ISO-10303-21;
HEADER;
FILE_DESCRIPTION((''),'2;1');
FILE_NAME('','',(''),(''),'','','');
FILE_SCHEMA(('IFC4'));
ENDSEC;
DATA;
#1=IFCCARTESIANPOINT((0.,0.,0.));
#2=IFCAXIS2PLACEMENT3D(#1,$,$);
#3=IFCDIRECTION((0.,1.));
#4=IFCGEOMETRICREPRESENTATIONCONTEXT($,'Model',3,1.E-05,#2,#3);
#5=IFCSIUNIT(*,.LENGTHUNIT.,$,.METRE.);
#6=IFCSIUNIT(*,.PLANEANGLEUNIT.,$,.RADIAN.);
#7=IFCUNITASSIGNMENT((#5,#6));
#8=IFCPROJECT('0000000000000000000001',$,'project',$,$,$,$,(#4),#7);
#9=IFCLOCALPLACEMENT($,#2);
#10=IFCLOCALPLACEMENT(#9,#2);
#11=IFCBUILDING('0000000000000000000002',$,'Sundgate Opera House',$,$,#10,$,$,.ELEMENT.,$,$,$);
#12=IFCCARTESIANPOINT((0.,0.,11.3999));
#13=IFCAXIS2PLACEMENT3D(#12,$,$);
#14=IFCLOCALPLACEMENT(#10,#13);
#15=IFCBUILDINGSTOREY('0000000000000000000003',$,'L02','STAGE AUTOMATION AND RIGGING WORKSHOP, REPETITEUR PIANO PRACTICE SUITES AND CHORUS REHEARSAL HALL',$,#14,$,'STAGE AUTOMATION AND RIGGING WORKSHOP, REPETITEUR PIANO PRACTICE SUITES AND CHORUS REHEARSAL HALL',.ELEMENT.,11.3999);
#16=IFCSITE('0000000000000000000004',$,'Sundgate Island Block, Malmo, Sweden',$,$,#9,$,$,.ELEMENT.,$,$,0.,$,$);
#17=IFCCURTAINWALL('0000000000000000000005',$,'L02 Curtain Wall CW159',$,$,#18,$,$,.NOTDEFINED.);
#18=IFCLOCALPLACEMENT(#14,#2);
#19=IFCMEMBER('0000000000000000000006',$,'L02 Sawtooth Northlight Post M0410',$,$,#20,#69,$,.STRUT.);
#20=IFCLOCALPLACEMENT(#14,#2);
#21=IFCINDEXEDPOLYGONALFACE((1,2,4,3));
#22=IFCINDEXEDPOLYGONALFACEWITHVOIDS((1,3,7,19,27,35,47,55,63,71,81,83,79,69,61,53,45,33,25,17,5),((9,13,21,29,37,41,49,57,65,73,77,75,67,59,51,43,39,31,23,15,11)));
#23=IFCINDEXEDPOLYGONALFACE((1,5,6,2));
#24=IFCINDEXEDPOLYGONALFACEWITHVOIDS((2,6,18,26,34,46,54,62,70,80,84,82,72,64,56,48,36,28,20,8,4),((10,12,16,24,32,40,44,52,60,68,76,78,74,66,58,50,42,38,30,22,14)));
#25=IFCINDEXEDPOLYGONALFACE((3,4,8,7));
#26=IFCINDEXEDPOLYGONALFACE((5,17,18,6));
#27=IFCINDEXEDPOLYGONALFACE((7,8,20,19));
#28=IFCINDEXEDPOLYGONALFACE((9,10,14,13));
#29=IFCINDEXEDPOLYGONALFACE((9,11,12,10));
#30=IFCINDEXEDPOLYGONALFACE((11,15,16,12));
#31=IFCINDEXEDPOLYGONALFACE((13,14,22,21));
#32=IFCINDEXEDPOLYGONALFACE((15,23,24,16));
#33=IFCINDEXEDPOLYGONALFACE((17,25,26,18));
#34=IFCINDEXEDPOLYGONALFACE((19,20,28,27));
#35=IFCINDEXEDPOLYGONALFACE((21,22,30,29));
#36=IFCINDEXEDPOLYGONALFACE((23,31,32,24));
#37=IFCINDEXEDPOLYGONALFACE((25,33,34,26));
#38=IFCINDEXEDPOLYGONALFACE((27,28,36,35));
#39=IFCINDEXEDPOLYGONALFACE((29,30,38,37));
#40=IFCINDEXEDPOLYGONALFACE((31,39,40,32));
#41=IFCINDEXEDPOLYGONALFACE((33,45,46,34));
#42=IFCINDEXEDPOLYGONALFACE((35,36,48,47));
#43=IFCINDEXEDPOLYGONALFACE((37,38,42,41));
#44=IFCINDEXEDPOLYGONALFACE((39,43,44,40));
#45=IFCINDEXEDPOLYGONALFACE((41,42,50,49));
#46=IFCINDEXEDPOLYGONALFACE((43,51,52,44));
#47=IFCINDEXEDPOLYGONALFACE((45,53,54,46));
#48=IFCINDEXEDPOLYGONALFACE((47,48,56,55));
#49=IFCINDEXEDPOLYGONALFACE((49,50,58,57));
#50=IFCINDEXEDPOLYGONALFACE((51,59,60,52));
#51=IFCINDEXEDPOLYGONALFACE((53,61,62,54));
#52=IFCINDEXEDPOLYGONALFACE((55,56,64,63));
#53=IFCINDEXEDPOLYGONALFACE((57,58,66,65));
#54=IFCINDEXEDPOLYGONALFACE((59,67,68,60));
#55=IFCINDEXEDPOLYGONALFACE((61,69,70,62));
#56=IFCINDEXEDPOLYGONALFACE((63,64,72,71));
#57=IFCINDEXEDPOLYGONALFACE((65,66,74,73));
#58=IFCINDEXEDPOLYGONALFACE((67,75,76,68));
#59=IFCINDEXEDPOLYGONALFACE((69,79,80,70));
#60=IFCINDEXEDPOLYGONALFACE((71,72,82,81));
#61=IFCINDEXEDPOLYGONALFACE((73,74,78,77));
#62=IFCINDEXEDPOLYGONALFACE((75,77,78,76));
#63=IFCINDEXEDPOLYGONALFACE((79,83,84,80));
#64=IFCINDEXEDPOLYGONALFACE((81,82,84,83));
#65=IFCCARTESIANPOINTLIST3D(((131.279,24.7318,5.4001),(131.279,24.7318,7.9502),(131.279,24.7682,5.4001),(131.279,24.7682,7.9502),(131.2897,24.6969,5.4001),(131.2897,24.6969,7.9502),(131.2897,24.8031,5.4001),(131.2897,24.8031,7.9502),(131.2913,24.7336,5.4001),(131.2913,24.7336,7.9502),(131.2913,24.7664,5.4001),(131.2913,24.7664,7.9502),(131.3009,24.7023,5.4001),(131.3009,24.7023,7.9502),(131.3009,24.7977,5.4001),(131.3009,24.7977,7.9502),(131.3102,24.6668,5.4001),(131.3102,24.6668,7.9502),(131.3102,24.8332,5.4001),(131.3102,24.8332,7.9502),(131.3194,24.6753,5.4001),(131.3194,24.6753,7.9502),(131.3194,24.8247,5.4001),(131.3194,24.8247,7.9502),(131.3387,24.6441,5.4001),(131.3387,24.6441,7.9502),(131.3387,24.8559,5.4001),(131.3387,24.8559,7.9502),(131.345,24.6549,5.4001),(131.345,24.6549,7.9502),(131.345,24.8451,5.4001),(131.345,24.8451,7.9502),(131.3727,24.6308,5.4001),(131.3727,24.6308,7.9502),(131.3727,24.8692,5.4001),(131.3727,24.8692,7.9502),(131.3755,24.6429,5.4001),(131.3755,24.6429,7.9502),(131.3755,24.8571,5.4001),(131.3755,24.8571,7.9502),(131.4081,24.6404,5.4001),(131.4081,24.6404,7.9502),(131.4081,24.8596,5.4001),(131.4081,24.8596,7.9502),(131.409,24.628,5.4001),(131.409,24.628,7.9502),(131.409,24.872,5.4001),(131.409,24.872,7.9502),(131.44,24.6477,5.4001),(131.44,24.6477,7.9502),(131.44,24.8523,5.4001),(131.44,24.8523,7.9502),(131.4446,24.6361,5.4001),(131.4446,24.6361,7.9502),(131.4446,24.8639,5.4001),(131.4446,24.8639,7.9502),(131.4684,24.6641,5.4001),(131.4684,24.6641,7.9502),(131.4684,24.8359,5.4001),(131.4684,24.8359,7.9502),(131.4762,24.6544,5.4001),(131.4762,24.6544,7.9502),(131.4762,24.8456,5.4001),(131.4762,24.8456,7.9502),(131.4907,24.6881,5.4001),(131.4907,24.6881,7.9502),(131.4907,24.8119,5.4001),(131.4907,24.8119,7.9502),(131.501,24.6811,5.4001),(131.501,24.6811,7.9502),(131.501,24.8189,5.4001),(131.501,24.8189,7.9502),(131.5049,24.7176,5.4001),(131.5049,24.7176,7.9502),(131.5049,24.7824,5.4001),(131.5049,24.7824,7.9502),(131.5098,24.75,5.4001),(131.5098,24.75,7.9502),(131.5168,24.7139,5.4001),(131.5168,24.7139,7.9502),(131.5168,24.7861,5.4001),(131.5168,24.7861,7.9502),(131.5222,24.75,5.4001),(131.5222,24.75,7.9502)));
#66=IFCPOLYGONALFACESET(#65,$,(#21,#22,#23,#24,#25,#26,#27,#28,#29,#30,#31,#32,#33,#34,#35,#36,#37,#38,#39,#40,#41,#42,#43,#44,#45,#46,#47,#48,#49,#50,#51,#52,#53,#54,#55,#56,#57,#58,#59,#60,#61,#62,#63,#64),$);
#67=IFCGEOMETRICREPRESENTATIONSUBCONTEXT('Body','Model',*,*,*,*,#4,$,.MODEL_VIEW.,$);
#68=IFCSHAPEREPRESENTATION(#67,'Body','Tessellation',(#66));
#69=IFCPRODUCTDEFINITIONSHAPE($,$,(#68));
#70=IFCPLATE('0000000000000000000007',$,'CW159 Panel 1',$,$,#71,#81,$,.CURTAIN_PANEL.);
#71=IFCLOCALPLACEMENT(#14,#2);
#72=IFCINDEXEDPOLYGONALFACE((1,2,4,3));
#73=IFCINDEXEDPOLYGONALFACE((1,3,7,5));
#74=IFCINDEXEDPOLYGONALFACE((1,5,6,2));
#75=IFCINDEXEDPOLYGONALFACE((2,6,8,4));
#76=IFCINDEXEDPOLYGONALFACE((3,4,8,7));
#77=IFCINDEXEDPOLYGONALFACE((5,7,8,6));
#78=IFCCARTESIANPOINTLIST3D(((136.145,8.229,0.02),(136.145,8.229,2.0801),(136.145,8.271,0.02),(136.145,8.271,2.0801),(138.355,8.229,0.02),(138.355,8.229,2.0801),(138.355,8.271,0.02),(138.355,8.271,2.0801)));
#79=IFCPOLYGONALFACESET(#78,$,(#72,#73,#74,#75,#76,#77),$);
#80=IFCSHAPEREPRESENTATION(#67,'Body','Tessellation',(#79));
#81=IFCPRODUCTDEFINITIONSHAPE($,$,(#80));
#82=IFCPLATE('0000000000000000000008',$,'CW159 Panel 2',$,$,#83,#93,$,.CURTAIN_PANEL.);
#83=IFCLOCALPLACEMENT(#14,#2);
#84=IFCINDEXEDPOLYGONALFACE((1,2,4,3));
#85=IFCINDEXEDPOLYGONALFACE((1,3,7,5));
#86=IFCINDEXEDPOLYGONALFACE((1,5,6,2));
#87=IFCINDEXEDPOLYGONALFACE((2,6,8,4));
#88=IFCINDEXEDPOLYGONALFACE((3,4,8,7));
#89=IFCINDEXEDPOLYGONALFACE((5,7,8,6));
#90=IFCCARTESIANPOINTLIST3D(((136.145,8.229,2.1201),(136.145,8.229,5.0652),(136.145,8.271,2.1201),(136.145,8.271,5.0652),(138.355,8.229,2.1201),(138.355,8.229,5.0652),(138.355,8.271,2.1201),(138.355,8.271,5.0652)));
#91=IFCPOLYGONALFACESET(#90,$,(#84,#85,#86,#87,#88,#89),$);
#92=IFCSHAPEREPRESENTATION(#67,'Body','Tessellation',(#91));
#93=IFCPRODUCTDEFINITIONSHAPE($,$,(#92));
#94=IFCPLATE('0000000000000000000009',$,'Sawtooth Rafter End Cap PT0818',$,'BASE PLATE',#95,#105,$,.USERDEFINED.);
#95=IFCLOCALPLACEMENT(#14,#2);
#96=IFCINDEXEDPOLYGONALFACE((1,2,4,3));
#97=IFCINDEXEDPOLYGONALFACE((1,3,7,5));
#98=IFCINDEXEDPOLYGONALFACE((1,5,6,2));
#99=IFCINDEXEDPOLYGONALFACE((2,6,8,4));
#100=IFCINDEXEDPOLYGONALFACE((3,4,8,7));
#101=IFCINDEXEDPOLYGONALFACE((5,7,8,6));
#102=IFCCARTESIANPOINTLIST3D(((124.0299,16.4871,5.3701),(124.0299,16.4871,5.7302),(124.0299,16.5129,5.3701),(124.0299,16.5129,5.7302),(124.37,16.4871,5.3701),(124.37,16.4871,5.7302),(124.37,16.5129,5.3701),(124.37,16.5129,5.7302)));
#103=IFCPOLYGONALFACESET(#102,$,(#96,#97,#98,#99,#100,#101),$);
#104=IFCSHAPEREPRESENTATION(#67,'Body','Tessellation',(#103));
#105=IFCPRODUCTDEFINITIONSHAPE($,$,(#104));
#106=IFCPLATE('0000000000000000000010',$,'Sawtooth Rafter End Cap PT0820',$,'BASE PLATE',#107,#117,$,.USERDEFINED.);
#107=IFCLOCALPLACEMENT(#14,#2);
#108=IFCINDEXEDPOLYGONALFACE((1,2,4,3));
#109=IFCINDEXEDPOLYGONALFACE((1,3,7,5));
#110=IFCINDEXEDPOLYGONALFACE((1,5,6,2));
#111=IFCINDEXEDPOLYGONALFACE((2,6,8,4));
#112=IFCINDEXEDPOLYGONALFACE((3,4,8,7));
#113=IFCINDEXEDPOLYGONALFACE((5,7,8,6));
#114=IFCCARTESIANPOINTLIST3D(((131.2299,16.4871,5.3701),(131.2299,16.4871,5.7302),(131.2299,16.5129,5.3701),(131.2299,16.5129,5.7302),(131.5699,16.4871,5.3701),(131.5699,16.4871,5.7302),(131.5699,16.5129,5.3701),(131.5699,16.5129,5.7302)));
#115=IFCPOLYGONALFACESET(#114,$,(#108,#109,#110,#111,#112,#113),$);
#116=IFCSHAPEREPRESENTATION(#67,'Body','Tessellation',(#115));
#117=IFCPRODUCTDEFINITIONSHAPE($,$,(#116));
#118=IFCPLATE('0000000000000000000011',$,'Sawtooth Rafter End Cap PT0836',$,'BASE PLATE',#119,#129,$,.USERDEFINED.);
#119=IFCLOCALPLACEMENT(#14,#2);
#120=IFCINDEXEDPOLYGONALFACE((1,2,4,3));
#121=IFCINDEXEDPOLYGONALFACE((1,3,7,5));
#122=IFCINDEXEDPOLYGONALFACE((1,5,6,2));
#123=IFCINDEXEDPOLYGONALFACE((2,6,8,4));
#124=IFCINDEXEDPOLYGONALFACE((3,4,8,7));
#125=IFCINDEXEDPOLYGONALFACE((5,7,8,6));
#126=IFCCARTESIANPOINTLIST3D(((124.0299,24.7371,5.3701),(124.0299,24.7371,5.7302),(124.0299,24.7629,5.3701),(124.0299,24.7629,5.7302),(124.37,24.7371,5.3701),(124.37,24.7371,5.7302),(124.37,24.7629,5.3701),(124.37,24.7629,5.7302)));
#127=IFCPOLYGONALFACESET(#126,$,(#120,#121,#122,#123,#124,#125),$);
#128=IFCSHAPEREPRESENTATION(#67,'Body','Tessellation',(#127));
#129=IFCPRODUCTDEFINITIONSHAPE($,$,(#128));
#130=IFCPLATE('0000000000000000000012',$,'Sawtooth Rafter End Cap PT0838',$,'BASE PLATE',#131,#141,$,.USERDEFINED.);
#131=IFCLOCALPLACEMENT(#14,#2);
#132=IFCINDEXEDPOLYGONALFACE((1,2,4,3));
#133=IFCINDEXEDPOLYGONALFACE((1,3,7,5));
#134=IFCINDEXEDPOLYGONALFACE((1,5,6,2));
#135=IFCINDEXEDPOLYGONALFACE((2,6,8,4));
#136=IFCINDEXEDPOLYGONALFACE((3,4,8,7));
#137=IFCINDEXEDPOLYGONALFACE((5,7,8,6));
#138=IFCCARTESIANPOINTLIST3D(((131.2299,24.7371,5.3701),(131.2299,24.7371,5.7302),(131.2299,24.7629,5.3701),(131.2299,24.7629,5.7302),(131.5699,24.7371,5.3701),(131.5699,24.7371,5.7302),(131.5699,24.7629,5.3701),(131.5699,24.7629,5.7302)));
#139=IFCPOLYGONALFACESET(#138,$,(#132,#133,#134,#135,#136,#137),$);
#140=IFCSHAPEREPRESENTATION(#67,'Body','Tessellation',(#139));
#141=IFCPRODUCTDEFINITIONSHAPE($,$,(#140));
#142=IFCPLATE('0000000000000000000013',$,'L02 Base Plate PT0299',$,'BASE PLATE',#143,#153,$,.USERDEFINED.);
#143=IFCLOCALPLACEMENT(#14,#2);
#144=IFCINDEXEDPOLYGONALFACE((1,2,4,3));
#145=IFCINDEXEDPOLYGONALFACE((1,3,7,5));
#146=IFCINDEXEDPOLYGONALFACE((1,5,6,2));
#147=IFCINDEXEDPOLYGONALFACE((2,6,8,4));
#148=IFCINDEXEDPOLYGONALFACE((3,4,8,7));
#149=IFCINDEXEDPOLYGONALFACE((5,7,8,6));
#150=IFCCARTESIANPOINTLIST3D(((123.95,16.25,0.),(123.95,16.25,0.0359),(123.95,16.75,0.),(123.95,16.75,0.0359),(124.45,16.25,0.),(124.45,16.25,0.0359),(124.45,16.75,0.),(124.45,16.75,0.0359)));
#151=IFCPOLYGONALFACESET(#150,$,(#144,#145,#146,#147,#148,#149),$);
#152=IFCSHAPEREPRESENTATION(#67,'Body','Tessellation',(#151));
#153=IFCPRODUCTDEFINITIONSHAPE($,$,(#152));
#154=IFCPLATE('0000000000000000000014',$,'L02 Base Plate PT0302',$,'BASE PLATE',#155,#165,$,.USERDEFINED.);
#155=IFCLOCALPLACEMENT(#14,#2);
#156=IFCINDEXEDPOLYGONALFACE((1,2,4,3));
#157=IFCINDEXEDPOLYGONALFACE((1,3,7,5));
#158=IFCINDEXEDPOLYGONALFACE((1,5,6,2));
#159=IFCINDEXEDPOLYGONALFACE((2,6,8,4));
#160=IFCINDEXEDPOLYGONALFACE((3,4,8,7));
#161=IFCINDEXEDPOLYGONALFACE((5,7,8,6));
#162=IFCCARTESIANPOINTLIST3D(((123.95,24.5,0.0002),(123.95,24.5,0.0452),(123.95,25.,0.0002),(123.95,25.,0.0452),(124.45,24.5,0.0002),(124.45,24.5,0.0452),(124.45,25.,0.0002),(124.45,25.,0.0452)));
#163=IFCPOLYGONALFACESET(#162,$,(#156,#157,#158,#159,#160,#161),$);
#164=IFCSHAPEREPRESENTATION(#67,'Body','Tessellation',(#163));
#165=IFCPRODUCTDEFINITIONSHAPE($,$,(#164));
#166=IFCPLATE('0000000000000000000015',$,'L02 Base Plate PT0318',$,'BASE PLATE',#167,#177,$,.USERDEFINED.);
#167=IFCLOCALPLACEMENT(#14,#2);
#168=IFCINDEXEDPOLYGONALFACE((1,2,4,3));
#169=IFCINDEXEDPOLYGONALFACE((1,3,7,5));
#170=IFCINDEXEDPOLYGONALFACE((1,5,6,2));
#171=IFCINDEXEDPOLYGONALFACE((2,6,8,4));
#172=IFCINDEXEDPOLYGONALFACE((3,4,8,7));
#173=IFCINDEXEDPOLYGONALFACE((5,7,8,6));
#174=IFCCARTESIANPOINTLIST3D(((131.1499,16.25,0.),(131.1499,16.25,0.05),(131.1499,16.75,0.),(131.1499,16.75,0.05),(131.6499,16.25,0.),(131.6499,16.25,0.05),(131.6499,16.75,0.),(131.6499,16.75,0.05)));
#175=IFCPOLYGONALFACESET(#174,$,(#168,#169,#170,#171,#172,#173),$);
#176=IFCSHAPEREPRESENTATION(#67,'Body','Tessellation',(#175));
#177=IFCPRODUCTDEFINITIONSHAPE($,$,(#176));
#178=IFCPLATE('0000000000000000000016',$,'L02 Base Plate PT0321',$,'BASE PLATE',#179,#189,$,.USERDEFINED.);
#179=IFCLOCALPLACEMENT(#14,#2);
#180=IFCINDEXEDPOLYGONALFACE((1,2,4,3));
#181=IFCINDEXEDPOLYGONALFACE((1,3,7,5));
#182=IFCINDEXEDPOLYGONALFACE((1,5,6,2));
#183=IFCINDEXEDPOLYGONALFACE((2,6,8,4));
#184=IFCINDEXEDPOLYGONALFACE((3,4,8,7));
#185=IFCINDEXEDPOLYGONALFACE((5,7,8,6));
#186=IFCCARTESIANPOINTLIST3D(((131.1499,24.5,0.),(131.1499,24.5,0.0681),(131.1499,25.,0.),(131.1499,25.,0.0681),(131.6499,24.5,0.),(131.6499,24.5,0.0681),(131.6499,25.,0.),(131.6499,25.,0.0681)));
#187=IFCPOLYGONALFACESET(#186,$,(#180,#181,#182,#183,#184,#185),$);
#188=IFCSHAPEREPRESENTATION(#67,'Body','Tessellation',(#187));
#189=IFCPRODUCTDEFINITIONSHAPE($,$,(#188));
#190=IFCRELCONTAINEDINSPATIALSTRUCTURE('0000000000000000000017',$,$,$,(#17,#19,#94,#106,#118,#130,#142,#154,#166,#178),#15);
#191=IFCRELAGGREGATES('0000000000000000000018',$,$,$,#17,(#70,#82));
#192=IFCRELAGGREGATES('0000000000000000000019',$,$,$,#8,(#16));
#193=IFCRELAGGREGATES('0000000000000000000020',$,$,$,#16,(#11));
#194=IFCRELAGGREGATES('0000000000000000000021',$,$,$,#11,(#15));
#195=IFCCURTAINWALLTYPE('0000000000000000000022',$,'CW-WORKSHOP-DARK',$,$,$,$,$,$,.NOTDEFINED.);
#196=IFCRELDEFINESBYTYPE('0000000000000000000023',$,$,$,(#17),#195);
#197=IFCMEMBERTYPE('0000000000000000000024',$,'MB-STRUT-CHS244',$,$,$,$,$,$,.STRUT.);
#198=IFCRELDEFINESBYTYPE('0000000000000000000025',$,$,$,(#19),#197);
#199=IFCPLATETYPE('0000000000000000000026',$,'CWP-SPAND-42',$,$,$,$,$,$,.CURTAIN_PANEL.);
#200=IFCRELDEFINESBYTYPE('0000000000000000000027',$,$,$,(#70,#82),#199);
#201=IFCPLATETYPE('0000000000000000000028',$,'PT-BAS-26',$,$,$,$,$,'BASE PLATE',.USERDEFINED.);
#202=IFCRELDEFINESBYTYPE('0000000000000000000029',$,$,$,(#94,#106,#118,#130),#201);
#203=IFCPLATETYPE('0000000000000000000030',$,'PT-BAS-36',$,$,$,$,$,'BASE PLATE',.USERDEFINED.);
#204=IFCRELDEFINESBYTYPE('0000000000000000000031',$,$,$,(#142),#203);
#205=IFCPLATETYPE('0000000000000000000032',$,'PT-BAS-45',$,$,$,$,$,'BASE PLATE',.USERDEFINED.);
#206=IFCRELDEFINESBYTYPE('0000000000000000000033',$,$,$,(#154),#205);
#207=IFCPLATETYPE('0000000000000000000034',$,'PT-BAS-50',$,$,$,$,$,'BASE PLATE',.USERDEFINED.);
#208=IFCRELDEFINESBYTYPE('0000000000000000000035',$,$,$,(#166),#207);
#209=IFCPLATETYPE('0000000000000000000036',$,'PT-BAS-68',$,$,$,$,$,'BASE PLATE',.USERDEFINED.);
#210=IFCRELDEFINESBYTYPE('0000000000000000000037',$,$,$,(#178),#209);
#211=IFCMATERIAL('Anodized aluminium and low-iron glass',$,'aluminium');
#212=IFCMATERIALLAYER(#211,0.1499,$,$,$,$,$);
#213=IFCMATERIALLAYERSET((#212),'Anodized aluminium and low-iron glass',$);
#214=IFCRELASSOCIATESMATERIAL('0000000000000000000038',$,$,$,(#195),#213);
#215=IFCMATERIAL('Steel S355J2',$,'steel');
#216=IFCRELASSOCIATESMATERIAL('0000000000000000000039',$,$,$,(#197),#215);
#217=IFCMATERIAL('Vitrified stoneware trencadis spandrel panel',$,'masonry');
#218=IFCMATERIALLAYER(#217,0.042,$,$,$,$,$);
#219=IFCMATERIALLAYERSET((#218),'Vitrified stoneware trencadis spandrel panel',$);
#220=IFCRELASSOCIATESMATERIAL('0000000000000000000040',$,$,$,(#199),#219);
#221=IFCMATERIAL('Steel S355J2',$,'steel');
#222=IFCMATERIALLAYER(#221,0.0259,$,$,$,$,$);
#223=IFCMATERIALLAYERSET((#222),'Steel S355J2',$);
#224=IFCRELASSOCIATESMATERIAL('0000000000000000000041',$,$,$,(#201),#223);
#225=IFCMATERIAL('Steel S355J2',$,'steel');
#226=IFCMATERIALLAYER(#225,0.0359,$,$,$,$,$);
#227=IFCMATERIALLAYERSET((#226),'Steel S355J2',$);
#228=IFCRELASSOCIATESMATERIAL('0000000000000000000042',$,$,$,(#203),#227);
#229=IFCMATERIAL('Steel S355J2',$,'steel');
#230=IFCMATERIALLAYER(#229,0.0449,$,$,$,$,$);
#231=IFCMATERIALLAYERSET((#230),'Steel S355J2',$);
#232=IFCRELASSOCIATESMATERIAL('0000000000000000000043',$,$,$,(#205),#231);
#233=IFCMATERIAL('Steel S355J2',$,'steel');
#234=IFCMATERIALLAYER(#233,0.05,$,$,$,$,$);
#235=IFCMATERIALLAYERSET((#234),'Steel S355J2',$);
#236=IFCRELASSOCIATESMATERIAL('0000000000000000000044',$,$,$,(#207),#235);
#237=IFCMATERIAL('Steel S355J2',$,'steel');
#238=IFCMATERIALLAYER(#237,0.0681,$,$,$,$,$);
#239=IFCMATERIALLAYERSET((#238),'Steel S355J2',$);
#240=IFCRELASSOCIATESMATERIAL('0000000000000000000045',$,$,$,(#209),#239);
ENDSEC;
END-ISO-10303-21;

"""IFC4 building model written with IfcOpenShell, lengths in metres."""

from ifc_helpers import new_model, si_unit, direction, frame, origin, origin_2d, place, context, subcontext, project, spatial, rectangle, hollow_circle, extrude, material, layer, layer_set, material_profile, profile_set, type_object, element, aggregate, save


model = new_model("IFC4")

# Units and contexts
model_context = context("Model", 3, precision=1e-05, world=origin(), true_north=direction((0.0, 1.0)))
body_context = subcontext(model_context, "Body", "Model", "MODEL_VIEW")
ifc_project = project(units=[si_unit("LENGTHUNIT", "METRE"), si_unit("PLANEANGLEUNIT", "RADIAN")], contexts=[model_context])

# Site, building, storey
site_placement = place(None, origin())
site = spatial("IfcSite", under=ifc_project, at=site_placement, Name="Sundgate Island Block, Malmo, Sweden", CompositionType="ELEMENT", RefElevation=0.0)
building_placement = place(site_placement, origin())
building = spatial("IfcBuilding", under=site, at=building_placement, Name="Sundgate Opera House", CompositionType="ELEMENT")
storey_placement = place(building_placement, frame((0.0, 0.0, 11.3999)))
storey = spatial("IfcBuildingStorey", under=building, at=storey_placement, Name="L02", Description="STAGE AUTOMATION AND RIGGING WORKSHOP, REPETITEUR PIANO PRACTICE SUITES AND CHORUS REHEARSAL HALL", LongName="STAGE AUTOMATION AND RIGGING WORKSHOP, REPETITEUR PIANO PRACTICE SUITES AND CHORUS REHEARSAL HALL", CompositionType="ELEMENT", Elevation=11.3999)

# Curtain wall
ifc_material_1 = material(Name="Anodized aluminium and low-iron glass", Category="aluminium")
ifc_layer_1 = layer(ifc_material_1, 0.1499)
ifc_layer_set_1 = layer_set([ifc_layer_1], Name="Anodized aluminium and low-iron glass")
curtain_wall_type = type_object("IfcCurtainWallType", Name="CW-WORKSHOP-DARK", PredefinedType="NOTDEFINED", material=ifc_layer_set_1)
curtain_wall_placement = place(storey_placement, origin())
curtain_wall = element("IfcCurtainWall", 1, at=curtain_wall_placement, inside=storey, type_object=curtain_wall_type, Name="L02 Curtain Wall CW159", PredefinedType="NOTDEFINED")

# Member
ifc_material_2 = material(Name="Steel S355J2", Category="steel")
ifc_material_profile_1 = material_profile(ifc_material_2, hollow_circle(Radius=0.1223, WallThickness=0.0125, at=origin_2d()), Name="CHS 244.5x12.5")
ifc_profile_set_1 = profile_set([ifc_material_profile_1], Name="Steel S355J2")
member_type_1 = type_object("IfcMemberType", Name="MB-STRUT-CHS244", PredefinedType="STRUT", material=ifc_profile_set_1)
for number, where, z_axis, x_axis, name in (
    (2, (131.3999, 24.75, 5.4001), (0.0, 0.0, 1.0), (1.0, 0.0, 0.0), "L02 Sawtooth Northlight Post M0410"),
):
    element("IfcMember", number, at=place(storey_placement, frame(where, z_axis=z_axis, x_axis=x_axis)), inside=storey, type_object=member_type_1, Name=name, PredefinedType="STRUT", context=body_context, shape_type="SweptSolid", body=[
        extrude(hollow_circle(Radius=0.1223, WallThickness=0.0125, at=origin_2d()), origin(), (0.0, 0.0, 1.0), 2.55),
    ])

# Plates
ifc_material_3 = material(Name="Vitrified stoneware trencadis spandrel panel", Category="masonry")
ifc_layer_2 = layer(ifc_material_3, 0.042)
ifc_layer_set_2 = layer_set([ifc_layer_2], Name="Vitrified stoneware trencadis spandrel panel")
plate_type_1 = type_object("IfcPlateType", Name="CWP-SPAND-42", PredefinedType="CURTAIN_PANEL", material=ifc_layer_set_2)
plate_1_placement = place(storey_placement, frame((137.25, 8.25, 0.02), z_axis=(0.0, 0.0, 1.0), x_axis=(-1.0, 0.0, 0.0)))
plate_1 = element("IfcPlate", 3, at=plate_1_placement, type_object=plate_type_1, Name="CW159 Panel 1", PredefinedType="CURTAIN_PANEL", context=body_context, shape_type="SweptSolid", body=[
    extrude(rectangle(XDim=2.21, YDim=0.042, at=origin_2d()), origin(), (0.0, 0.0, 1.0), 2.0601),
])
plate_2_placement = place(storey_placement, frame((137.25, 8.25, 2.1201), z_axis=(0.0, 0.0, 1.0), x_axis=(-1.0, 0.0, 0.0)))
plate_2 = element("IfcPlate", 4, at=plate_2_placement, type_object=plate_type_1, Name="CW159 Panel 2", PredefinedType="CURTAIN_PANEL", context=body_context, shape_type="SweptSolid", body=[
    extrude(rectangle(XDim=2.21, YDim=0.042, at=origin_2d()), origin(), (0.0, 0.0, 1.0), 2.9451),
])
aggregate(curtain_wall, [plate_1, plate_2])

# Plates
ifc_material_4 = material(Name="Steel S355J2", Category="steel")
ifc_layer_3 = layer(ifc_material_4, 0.0259)
ifc_layer_set_3 = layer_set([ifc_layer_3], Name="Steel S355J2")
plate_type_2 = type_object("IfcPlateType", Name="PT-BAS-26", ElementType="BASE PLATE", PredefinedType="USERDEFINED", material=ifc_layer_set_3)
for number, where, z_axis, x_axis, name in (
    (5, (124.2, 16.5, 5.3701), (0.0, 0.0, 1.0), (1.0, 0.0, 0.0), "Sawtooth Rafter End Cap PT0818"),
    (6, (131.3999, 16.5, 5.3701), (0.0, 0.0, 1.0), (1.0, 0.0, 0.0), "Sawtooth Rafter End Cap PT0820"),
    (7, (124.2, 24.75, 5.3701), (0.0, 0.0, 1.0), (1.0, 0.0, 0.0), "Sawtooth Rafter End Cap PT0836"),
    (8, (131.3999, 24.75, 5.3701), (0.0, 0.0, 1.0), (1.0, 0.0, 0.0), "Sawtooth Rafter End Cap PT0838"),
):
    element("IfcPlate", number, at=place(storey_placement, frame(where, z_axis=z_axis, x_axis=x_axis)), inside=storey, type_object=plate_type_2, Name=name, ObjectType="BASE PLATE", PredefinedType="USERDEFINED", context=body_context, shape_type="SweptSolid", body=[
        extrude(rectangle(XDim=0.3401, YDim=0.0259, at=origin_2d()), origin(), (0.0, 0.0, 1.0), 0.3601),
    ])
ifc_material_5 = material(Name="Steel S355J2", Category="steel")
ifc_layer_4 = layer(ifc_material_5, 0.0359)
ifc_layer_set_4 = layer_set([ifc_layer_4], Name="Steel S355J2")
plate_type_3 = type_object("IfcPlateType", Name="PT-BAS-36", ElementType="BASE PLATE", PredefinedType="USERDEFINED", material=ifc_layer_set_4)
plate_3_placement = place(storey_placement, frame((124.2, 16.5, 0.0), z_axis=(0.0, 0.0, 1.0), x_axis=(1.0, 0.0, 0.0)))
element("IfcPlate", 9, at=plate_3_placement, inside=storey, type_object=plate_type_3, Name="L02 Base Plate PT0299", ObjectType="BASE PLATE", PredefinedType="USERDEFINED", context=body_context, shape_type="SweptSolid", body=[
    extrude(rectangle(XDim=0.5, YDim=0.5, at=origin_2d()), origin(), (0.0, 0.0, 1.0), 0.0359),
])
ifc_material_6 = material(Name="Steel S355J2", Category="steel")
ifc_layer_5 = layer(ifc_material_6, 0.0449)
ifc_layer_set_5 = layer_set([ifc_layer_5], Name="Steel S355J2")
plate_type_4 = type_object("IfcPlateType", Name="PT-BAS-45", ElementType="BASE PLATE", PredefinedType="USERDEFINED", material=ifc_layer_set_5)
plate_4_placement = place(storey_placement, frame((124.2, 24.75, 0.0002), z_axis=(0.0, 0.0, 1.0), x_axis=(1.0, 0.0, 0.0)))
element("IfcPlate", 10, at=plate_4_placement, inside=storey, type_object=plate_type_4, Name="L02 Base Plate PT0302", ObjectType="BASE PLATE", PredefinedType="USERDEFINED", context=body_context, shape_type="SweptSolid", body=[
    extrude(rectangle(XDim=0.5, YDim=0.5, at=origin_2d()), origin(), (0.0, 0.0, 1.0), 0.0449),
])
ifc_material_7 = material(Name="Steel S355J2", Category="steel")
ifc_layer_6 = layer(ifc_material_7, 0.05)
ifc_layer_set_6 = layer_set([ifc_layer_6], Name="Steel S355J2")
plate_type_5 = type_object("IfcPlateType", Name="PT-BAS-50", ElementType="BASE PLATE", PredefinedType="USERDEFINED", material=ifc_layer_set_6)
plate_5_placement = place(storey_placement, frame((131.3999, 16.5, 0.0), z_axis=(0.0, 0.0, 1.0), x_axis=(1.0, 0.0, 0.0)))
element("IfcPlate", 11, at=plate_5_placement, inside=storey, type_object=plate_type_5, Name="L02 Base Plate PT0318", ObjectType="BASE PLATE", PredefinedType="USERDEFINED", context=body_context, shape_type="SweptSolid", body=[
    extrude(rectangle(XDim=0.5, YDim=0.5, at=origin_2d()), origin(), (0.0, 0.0, 1.0), 0.05),
])
ifc_material_8 = material(Name="Steel S355J2", Category="steel")
ifc_layer_7 = layer(ifc_material_8, 0.0681)
ifc_layer_set_7 = layer_set([ifc_layer_7], Name="Steel S355J2")
plate_type_6 = type_object("IfcPlateType", Name="PT-BAS-68", ElementType="BASE PLATE", PredefinedType="USERDEFINED", material=ifc_layer_set_7)
plate_6_placement = place(storey_placement, frame((131.3999, 24.75, 0.0), z_axis=(0.0, 0.0, 1.0), x_axis=(1.0, 0.0, 0.0)))
element("IfcPlate", 12, at=plate_6_placement, inside=storey, type_object=plate_type_6, Name="L02 Base Plate PT0321", ObjectType="BASE PLATE", PredefinedType="USERDEFINED", context=body_context, shape_type="SweptSolid", body=[
    extrude(rectangle(XDim=0.5, YDim=0.5, at=origin_2d()), origin(), (0.0, 0.0, 1.0), 0.0681),
])

save(model, "model.ifc")
